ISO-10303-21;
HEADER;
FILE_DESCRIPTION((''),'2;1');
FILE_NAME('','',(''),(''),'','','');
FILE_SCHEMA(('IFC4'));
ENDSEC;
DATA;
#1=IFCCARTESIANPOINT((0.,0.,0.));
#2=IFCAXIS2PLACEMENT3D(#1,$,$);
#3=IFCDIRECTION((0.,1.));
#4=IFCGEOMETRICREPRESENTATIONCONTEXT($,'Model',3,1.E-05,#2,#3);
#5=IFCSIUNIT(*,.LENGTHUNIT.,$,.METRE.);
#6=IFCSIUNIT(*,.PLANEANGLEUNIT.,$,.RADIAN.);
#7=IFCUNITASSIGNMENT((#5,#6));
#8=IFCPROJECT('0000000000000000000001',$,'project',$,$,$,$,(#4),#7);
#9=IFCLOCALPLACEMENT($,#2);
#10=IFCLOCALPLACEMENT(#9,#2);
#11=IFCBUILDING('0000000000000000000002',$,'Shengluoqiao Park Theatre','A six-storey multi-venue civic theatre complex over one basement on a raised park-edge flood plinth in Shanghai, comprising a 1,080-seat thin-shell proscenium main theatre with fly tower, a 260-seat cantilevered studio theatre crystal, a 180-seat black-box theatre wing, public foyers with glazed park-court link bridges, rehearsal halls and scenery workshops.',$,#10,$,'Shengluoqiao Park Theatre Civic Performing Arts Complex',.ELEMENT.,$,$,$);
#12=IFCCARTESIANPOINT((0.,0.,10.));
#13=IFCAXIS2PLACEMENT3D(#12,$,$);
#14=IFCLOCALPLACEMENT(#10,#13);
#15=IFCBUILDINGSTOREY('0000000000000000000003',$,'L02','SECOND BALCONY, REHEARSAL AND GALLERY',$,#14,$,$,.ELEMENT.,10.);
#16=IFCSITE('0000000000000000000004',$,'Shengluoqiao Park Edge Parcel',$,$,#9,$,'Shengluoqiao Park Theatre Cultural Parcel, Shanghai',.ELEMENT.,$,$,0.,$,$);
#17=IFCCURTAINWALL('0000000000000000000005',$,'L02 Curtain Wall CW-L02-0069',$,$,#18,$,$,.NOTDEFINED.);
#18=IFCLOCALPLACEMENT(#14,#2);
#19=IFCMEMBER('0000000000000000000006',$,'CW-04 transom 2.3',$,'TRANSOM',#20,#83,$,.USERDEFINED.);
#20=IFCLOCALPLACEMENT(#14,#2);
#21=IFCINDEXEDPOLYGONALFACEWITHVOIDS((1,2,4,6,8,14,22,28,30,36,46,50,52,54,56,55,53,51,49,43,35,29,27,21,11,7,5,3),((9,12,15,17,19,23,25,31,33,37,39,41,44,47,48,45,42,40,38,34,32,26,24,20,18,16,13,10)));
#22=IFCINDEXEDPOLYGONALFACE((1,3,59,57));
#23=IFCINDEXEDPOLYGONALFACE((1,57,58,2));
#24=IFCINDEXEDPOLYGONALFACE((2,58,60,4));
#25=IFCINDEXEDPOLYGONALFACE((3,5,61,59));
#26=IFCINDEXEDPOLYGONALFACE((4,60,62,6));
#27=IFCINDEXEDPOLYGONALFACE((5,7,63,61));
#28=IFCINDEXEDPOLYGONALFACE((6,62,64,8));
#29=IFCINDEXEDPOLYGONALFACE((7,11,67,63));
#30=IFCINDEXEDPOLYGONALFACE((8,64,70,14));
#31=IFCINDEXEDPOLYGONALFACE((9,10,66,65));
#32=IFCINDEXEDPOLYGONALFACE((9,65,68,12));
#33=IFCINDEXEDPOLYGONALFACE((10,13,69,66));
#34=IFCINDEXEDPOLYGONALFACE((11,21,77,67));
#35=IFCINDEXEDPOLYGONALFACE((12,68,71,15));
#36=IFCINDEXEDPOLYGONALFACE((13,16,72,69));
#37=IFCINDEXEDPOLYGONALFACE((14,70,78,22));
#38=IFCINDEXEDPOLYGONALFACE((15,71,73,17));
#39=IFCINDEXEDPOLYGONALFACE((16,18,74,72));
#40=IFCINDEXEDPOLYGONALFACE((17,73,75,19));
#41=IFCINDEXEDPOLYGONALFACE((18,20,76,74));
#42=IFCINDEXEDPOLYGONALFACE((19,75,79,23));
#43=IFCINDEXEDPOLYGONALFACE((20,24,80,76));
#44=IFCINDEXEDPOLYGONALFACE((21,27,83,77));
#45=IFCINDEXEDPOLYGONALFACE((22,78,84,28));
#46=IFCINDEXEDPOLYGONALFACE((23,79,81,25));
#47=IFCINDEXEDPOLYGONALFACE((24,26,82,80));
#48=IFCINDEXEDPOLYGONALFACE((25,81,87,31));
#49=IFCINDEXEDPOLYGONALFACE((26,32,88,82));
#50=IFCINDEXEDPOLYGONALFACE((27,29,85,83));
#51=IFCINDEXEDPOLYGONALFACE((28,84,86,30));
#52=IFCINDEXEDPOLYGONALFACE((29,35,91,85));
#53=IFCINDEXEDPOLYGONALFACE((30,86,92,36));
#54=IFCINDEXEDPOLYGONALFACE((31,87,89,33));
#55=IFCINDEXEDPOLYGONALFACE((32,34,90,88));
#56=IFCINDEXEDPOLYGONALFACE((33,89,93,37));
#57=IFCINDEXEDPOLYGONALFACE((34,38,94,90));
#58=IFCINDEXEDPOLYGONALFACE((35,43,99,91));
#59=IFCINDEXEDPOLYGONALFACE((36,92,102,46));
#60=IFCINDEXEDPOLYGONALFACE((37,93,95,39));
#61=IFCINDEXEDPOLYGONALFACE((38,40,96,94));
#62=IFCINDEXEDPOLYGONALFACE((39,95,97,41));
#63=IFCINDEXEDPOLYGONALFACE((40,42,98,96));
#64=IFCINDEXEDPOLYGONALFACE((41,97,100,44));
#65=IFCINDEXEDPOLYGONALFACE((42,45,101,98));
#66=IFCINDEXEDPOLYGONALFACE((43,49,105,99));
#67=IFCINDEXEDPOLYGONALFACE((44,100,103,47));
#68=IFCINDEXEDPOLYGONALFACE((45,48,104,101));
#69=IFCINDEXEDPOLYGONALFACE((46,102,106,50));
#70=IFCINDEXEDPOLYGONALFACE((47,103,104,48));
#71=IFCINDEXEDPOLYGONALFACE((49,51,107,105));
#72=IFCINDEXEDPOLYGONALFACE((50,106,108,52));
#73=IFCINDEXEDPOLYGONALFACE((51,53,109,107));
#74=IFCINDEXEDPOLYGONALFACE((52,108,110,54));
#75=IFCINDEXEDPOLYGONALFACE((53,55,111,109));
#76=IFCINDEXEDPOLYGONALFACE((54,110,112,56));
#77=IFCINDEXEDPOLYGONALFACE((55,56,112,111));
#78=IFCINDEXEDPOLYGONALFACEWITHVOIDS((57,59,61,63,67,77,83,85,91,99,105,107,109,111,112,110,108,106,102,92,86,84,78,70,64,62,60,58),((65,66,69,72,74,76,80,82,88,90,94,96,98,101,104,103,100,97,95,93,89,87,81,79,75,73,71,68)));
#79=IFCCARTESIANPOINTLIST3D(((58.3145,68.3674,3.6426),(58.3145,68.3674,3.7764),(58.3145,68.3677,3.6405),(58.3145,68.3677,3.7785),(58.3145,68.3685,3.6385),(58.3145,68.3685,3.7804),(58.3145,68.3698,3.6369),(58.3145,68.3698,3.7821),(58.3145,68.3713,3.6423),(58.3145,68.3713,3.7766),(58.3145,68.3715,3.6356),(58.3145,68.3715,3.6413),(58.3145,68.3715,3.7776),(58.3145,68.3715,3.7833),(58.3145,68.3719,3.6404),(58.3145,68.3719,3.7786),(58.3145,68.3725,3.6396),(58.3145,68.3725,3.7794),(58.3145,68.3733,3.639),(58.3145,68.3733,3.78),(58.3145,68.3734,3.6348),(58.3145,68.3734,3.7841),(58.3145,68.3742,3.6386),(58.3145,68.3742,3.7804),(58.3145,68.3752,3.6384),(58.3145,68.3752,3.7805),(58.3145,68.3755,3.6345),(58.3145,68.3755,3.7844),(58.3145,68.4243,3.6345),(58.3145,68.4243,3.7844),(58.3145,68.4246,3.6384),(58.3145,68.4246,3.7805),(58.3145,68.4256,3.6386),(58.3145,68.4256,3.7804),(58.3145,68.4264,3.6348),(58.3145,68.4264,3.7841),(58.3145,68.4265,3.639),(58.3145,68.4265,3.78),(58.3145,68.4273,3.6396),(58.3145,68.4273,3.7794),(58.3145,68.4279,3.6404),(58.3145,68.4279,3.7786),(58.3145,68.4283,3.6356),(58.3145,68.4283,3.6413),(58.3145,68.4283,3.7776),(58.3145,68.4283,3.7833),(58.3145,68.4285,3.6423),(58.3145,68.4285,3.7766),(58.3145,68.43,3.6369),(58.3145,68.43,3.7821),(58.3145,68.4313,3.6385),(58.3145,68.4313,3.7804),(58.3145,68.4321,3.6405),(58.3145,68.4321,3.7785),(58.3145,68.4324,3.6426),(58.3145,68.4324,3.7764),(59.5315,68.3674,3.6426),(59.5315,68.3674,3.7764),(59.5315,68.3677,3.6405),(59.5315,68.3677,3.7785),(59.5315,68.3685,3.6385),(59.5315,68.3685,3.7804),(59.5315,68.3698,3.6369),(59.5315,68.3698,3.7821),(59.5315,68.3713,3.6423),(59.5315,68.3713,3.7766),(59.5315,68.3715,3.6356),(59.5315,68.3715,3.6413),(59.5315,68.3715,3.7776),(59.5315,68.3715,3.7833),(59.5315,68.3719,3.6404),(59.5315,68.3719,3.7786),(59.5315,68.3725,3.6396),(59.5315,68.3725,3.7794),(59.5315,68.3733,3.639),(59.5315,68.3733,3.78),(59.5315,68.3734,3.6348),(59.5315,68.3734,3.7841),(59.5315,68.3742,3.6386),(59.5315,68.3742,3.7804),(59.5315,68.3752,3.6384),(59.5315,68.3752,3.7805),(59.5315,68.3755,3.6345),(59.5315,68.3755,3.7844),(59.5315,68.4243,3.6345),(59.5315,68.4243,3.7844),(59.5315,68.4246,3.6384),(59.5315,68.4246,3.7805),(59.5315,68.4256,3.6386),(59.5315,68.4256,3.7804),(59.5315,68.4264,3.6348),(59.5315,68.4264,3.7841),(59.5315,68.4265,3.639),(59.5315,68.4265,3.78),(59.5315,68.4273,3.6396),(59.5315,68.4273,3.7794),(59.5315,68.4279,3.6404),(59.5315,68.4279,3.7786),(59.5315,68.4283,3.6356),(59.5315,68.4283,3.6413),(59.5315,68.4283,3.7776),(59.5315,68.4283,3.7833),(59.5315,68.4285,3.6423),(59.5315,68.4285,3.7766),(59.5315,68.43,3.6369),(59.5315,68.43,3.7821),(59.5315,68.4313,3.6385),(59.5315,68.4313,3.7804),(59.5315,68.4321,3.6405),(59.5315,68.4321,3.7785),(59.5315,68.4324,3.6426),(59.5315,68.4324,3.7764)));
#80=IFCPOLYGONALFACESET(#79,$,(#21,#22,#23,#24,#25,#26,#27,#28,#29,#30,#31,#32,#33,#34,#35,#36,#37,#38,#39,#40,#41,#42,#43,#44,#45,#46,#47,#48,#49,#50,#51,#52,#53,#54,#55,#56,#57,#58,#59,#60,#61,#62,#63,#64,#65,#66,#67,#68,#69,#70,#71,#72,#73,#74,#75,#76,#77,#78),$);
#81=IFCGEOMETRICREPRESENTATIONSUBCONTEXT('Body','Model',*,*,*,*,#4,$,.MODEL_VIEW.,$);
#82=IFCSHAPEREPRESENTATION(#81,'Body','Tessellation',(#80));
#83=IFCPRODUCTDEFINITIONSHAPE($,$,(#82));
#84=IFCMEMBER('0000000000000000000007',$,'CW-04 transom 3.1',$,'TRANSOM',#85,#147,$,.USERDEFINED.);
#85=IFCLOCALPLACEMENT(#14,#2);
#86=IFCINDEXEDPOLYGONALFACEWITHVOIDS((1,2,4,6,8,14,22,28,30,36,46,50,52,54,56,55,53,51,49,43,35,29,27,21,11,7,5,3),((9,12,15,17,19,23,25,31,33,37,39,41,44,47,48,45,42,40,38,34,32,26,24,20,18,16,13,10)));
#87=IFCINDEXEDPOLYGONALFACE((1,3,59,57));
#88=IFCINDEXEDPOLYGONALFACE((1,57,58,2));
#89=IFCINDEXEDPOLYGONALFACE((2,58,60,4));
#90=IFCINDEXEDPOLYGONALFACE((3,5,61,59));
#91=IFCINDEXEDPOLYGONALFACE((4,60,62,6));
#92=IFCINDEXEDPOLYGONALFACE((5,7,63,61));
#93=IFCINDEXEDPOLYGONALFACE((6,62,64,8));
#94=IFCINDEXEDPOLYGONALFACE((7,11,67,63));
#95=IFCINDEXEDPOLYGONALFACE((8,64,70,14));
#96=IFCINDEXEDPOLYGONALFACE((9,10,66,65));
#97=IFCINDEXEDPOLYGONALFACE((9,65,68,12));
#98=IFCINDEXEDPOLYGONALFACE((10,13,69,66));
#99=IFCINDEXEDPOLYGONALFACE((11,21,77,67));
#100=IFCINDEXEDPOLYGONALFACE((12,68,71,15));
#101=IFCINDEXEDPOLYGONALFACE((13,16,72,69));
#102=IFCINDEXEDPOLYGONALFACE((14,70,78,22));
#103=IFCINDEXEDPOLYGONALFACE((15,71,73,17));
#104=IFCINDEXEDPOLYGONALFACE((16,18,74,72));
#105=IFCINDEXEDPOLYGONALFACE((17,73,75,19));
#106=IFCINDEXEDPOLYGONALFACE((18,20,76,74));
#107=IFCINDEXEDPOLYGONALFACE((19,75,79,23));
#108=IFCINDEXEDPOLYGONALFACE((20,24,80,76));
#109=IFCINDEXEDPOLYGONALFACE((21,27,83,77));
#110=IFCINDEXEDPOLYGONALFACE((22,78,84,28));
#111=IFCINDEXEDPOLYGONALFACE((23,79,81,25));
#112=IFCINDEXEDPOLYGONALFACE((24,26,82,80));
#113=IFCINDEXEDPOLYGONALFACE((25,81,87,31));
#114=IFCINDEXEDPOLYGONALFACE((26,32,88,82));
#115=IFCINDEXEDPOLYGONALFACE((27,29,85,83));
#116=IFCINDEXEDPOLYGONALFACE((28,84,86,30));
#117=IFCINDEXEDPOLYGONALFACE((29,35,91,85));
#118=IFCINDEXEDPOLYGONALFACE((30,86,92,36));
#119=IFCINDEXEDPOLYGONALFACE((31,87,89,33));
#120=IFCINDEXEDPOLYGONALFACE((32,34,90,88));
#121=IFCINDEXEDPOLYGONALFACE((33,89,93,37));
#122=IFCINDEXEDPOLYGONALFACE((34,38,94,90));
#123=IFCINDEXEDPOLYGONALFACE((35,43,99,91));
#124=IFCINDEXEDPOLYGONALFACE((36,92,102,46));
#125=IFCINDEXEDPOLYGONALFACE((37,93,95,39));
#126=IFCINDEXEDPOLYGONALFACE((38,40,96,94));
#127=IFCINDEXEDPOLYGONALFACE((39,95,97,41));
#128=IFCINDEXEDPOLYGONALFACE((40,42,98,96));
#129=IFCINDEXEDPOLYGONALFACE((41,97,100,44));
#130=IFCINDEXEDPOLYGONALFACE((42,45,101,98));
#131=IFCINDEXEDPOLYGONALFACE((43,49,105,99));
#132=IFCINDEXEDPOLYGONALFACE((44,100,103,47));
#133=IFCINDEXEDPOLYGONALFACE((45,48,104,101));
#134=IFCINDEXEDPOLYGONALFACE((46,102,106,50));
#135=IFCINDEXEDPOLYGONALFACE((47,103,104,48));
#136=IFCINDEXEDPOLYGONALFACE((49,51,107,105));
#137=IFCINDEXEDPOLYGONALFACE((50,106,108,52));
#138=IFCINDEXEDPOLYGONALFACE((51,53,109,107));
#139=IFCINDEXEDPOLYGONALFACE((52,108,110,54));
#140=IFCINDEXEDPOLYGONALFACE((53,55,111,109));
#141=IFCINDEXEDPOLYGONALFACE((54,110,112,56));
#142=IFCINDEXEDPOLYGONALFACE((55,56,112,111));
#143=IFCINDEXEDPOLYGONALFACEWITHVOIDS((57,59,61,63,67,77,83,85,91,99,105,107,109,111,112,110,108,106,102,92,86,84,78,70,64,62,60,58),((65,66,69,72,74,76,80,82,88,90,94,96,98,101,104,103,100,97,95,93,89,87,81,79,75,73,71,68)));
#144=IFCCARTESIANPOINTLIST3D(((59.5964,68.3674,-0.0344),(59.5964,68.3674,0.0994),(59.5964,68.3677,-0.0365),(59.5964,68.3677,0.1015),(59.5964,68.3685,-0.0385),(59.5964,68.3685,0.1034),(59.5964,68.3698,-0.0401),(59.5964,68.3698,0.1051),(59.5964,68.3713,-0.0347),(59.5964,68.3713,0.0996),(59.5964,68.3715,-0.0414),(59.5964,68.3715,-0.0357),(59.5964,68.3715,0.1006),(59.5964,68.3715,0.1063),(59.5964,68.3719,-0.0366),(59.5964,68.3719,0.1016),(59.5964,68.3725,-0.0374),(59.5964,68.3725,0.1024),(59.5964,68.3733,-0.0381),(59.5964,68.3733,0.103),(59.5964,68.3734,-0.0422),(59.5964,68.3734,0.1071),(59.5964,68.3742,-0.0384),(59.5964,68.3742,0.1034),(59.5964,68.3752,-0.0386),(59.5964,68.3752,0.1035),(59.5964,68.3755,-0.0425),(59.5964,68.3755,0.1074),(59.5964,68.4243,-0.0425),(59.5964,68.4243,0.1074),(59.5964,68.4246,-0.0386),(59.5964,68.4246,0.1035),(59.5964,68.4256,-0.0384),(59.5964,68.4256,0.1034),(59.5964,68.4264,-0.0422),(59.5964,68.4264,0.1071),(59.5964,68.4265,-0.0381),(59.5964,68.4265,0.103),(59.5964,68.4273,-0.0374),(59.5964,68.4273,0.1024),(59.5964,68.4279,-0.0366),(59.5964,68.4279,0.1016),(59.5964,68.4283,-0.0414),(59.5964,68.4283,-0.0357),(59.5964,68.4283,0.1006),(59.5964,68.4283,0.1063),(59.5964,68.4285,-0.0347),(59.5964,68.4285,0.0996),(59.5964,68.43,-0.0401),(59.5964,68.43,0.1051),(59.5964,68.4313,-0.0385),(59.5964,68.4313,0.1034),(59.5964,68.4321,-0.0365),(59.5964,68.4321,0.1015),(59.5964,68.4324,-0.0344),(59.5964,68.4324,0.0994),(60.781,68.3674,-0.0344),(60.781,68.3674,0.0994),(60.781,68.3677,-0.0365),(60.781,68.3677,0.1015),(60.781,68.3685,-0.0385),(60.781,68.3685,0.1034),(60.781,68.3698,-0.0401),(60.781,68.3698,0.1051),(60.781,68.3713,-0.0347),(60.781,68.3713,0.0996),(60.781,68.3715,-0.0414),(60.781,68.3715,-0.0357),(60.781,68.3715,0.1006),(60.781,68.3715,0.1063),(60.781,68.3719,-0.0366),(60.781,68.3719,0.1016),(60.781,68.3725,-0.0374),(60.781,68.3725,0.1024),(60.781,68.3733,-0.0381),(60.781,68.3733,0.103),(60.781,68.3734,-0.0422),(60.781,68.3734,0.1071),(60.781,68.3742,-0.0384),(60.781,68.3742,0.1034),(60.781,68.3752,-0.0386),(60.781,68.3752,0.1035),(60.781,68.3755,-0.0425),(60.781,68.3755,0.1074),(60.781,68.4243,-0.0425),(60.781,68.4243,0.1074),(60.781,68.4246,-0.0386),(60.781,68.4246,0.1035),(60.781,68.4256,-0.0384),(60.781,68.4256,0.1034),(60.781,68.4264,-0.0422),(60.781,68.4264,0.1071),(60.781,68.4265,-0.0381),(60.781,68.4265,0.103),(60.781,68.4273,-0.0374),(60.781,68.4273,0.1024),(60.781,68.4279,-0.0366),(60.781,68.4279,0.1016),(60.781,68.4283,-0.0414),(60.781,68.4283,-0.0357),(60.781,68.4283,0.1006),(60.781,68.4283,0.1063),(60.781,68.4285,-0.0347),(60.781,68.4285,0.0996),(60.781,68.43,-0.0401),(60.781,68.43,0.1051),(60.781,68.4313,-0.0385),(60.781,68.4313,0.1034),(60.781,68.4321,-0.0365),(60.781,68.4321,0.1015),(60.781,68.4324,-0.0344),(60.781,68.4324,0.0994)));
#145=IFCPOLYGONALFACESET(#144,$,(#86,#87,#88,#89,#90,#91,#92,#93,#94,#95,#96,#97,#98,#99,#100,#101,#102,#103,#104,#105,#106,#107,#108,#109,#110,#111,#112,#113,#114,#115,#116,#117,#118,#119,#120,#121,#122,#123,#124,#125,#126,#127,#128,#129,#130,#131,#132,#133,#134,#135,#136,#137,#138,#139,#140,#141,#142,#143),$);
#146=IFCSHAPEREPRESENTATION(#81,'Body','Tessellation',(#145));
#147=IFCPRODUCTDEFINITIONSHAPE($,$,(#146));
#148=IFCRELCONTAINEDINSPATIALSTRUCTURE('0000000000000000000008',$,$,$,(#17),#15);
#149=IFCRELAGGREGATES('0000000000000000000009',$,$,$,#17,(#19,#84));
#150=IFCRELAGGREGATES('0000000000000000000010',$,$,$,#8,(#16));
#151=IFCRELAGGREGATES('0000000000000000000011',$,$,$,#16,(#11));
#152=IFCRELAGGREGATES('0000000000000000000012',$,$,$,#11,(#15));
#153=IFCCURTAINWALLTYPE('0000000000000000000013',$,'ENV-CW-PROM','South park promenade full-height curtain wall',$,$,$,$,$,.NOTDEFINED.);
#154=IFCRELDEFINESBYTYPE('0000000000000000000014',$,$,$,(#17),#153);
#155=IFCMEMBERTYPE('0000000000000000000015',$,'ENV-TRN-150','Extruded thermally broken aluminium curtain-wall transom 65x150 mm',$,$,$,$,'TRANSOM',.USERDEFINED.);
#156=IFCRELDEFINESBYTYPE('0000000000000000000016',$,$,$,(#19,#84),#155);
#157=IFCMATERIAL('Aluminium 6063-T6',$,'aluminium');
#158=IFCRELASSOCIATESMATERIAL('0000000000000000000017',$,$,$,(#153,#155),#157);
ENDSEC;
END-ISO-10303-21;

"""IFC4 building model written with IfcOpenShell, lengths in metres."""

from ifc_helpers import new_model, si_unit, direction, frame, origin, origin_2d, place, context, subcontext, project, spatial, hollow_rectangle, extrude, material, material_profile, profile_set, type_object, element, aggregate, save


model = new_model("IFC4")

# Units and contexts
model_context = context("Model", 3, precision=1e-05, world=origin(), true_north=direction((0.0, 1.0)))
body_context = subcontext(model_context, "Body", "Model", "MODEL_VIEW")
ifc_project = project(units=[si_unit("LENGTHUNIT", "METRE"), si_unit("PLANEANGLEUNIT", "RADIAN")], contexts=[model_context])

# Site, building, storey
site_placement = place(None, origin())
site = spatial("IfcSite", under=ifc_project, at=site_placement, Name="Shengluoqiao Park Edge Parcel", LongName="Shengluoqiao Park Theatre Cultural Parcel, Shanghai", CompositionType="ELEMENT", RefElevation=0.0)
building_placement = place(site_placement, origin())
building = spatial("IfcBuilding", under=site, at=building_placement, Name="Shengluoqiao Park Theatre", Description="A six-storey multi-venue civic theatre complex over one basement on a raised park-edge flood plinth in Shanghai, comprising a 1,080-seat thin-shell proscenium main theatre with fly tower, a 260-seat cantilevered studio theatre crystal, a 180-seat black-box theatre wing, public foyers with glazed park-court link bridges, rehearsal halls and scenery workshops.", LongName="Shengluoqiao Park Theatre Civic Performing Arts Complex", CompositionType="ELEMENT")
storey_placement = place(building_placement, frame((0.0, 0.0, 10.0)))
storey = spatial("IfcBuildingStorey", under=building, at=storey_placement, Name="L02", Description="SECOND BALCONY, REHEARSAL AND GALLERY", CompositionType="ELEMENT", Elevation=10.0)

# Curtain wall
ifc_material_1 = material(Name="Aluminium 6063-T6", Category="aluminium")
curtain_wall_type = type_object("IfcCurtainWallType", Name="ENV-CW-PROM", Description="South park promenade full-height curtain wall", PredefinedType="NOTDEFINED", material=ifc_material_1)
curtain_wall_1_placement = place(storey_placement, origin())
curtain_wall_1 = element("IfcCurtainWall", 1, at=curtain_wall_1_placement, inside=storey, type_object=curtain_wall_type, Name="L02 Curtain Wall CW-L02-0069", PredefinedType="NOTDEFINED")

# Members
ifc_material_profile_1 = material_profile(ifc_material_1, hollow_rectangle(XDim=0.0649, YDim=0.1499, WallThickness=0.0039, InnerFilletRadius=0.0039, OuterFilletRadius=0.0081, at=origin_2d()), Name="ALU TRANSOM 150x65x4")
ifc_profile_set_1 = profile_set([ifc_material_profile_1], Name="Aluminium 6063-T6")
member_type_1 = type_object("IfcMemberType", Name="ENV-TRN-150", Description="Extruded thermally broken aluminium curtain-wall transom 65x150 mm", ElementType="TRANSOM", PredefinedType="USERDEFINED", material=ifc_profile_set_1)
member_1_placement = place(storey_placement, frame((58.3145, 68.3999, 3.7095), z_axis=(1.0, 0.0, 0.0), x_axis=(0.0, 1.0, 0.0)))
member_1 = element("IfcMember", 2, at=member_1_placement, type_object=member_type_1, Name="CW-04 transom 2.3", ObjectType="TRANSOM", PredefinedType="USERDEFINED", context=body_context, shape_type="SweptSolid", body=[
    extrude(hollow_rectangle(XDim=0.0649, YDim=0.1499, WallThickness=0.0039, InnerFilletRadius=0.0039, OuterFilletRadius=0.0081, at=origin_2d()), origin(), (0.0, 0.0, 1.0), 1.217),
])
member_2_placement = place(storey_placement, frame((59.5964, 68.3999, 0.0325), z_axis=(1.0, 0.0, 0.0), x_axis=(0.0, 1.0, 0.0)))
member_2 = element("IfcMember", 3, at=member_2_placement, type_object=member_type_1, Name="CW-04 transom 3.1", ObjectType="TRANSOM", PredefinedType="USERDEFINED", context=body_context, shape_type="SweptSolid", body=[
    extrude(hollow_rectangle(XDim=0.0649, YDim=0.1499, WallThickness=0.0039, InnerFilletRadius=0.0039, OuterFilletRadius=0.0081, at=origin_2d()), origin(), (0.0, 0.0, 1.0), 1.1846),
])

aggregate(curtain_wall_1, [member_1, member_2])

save(model, "model.ifc")
